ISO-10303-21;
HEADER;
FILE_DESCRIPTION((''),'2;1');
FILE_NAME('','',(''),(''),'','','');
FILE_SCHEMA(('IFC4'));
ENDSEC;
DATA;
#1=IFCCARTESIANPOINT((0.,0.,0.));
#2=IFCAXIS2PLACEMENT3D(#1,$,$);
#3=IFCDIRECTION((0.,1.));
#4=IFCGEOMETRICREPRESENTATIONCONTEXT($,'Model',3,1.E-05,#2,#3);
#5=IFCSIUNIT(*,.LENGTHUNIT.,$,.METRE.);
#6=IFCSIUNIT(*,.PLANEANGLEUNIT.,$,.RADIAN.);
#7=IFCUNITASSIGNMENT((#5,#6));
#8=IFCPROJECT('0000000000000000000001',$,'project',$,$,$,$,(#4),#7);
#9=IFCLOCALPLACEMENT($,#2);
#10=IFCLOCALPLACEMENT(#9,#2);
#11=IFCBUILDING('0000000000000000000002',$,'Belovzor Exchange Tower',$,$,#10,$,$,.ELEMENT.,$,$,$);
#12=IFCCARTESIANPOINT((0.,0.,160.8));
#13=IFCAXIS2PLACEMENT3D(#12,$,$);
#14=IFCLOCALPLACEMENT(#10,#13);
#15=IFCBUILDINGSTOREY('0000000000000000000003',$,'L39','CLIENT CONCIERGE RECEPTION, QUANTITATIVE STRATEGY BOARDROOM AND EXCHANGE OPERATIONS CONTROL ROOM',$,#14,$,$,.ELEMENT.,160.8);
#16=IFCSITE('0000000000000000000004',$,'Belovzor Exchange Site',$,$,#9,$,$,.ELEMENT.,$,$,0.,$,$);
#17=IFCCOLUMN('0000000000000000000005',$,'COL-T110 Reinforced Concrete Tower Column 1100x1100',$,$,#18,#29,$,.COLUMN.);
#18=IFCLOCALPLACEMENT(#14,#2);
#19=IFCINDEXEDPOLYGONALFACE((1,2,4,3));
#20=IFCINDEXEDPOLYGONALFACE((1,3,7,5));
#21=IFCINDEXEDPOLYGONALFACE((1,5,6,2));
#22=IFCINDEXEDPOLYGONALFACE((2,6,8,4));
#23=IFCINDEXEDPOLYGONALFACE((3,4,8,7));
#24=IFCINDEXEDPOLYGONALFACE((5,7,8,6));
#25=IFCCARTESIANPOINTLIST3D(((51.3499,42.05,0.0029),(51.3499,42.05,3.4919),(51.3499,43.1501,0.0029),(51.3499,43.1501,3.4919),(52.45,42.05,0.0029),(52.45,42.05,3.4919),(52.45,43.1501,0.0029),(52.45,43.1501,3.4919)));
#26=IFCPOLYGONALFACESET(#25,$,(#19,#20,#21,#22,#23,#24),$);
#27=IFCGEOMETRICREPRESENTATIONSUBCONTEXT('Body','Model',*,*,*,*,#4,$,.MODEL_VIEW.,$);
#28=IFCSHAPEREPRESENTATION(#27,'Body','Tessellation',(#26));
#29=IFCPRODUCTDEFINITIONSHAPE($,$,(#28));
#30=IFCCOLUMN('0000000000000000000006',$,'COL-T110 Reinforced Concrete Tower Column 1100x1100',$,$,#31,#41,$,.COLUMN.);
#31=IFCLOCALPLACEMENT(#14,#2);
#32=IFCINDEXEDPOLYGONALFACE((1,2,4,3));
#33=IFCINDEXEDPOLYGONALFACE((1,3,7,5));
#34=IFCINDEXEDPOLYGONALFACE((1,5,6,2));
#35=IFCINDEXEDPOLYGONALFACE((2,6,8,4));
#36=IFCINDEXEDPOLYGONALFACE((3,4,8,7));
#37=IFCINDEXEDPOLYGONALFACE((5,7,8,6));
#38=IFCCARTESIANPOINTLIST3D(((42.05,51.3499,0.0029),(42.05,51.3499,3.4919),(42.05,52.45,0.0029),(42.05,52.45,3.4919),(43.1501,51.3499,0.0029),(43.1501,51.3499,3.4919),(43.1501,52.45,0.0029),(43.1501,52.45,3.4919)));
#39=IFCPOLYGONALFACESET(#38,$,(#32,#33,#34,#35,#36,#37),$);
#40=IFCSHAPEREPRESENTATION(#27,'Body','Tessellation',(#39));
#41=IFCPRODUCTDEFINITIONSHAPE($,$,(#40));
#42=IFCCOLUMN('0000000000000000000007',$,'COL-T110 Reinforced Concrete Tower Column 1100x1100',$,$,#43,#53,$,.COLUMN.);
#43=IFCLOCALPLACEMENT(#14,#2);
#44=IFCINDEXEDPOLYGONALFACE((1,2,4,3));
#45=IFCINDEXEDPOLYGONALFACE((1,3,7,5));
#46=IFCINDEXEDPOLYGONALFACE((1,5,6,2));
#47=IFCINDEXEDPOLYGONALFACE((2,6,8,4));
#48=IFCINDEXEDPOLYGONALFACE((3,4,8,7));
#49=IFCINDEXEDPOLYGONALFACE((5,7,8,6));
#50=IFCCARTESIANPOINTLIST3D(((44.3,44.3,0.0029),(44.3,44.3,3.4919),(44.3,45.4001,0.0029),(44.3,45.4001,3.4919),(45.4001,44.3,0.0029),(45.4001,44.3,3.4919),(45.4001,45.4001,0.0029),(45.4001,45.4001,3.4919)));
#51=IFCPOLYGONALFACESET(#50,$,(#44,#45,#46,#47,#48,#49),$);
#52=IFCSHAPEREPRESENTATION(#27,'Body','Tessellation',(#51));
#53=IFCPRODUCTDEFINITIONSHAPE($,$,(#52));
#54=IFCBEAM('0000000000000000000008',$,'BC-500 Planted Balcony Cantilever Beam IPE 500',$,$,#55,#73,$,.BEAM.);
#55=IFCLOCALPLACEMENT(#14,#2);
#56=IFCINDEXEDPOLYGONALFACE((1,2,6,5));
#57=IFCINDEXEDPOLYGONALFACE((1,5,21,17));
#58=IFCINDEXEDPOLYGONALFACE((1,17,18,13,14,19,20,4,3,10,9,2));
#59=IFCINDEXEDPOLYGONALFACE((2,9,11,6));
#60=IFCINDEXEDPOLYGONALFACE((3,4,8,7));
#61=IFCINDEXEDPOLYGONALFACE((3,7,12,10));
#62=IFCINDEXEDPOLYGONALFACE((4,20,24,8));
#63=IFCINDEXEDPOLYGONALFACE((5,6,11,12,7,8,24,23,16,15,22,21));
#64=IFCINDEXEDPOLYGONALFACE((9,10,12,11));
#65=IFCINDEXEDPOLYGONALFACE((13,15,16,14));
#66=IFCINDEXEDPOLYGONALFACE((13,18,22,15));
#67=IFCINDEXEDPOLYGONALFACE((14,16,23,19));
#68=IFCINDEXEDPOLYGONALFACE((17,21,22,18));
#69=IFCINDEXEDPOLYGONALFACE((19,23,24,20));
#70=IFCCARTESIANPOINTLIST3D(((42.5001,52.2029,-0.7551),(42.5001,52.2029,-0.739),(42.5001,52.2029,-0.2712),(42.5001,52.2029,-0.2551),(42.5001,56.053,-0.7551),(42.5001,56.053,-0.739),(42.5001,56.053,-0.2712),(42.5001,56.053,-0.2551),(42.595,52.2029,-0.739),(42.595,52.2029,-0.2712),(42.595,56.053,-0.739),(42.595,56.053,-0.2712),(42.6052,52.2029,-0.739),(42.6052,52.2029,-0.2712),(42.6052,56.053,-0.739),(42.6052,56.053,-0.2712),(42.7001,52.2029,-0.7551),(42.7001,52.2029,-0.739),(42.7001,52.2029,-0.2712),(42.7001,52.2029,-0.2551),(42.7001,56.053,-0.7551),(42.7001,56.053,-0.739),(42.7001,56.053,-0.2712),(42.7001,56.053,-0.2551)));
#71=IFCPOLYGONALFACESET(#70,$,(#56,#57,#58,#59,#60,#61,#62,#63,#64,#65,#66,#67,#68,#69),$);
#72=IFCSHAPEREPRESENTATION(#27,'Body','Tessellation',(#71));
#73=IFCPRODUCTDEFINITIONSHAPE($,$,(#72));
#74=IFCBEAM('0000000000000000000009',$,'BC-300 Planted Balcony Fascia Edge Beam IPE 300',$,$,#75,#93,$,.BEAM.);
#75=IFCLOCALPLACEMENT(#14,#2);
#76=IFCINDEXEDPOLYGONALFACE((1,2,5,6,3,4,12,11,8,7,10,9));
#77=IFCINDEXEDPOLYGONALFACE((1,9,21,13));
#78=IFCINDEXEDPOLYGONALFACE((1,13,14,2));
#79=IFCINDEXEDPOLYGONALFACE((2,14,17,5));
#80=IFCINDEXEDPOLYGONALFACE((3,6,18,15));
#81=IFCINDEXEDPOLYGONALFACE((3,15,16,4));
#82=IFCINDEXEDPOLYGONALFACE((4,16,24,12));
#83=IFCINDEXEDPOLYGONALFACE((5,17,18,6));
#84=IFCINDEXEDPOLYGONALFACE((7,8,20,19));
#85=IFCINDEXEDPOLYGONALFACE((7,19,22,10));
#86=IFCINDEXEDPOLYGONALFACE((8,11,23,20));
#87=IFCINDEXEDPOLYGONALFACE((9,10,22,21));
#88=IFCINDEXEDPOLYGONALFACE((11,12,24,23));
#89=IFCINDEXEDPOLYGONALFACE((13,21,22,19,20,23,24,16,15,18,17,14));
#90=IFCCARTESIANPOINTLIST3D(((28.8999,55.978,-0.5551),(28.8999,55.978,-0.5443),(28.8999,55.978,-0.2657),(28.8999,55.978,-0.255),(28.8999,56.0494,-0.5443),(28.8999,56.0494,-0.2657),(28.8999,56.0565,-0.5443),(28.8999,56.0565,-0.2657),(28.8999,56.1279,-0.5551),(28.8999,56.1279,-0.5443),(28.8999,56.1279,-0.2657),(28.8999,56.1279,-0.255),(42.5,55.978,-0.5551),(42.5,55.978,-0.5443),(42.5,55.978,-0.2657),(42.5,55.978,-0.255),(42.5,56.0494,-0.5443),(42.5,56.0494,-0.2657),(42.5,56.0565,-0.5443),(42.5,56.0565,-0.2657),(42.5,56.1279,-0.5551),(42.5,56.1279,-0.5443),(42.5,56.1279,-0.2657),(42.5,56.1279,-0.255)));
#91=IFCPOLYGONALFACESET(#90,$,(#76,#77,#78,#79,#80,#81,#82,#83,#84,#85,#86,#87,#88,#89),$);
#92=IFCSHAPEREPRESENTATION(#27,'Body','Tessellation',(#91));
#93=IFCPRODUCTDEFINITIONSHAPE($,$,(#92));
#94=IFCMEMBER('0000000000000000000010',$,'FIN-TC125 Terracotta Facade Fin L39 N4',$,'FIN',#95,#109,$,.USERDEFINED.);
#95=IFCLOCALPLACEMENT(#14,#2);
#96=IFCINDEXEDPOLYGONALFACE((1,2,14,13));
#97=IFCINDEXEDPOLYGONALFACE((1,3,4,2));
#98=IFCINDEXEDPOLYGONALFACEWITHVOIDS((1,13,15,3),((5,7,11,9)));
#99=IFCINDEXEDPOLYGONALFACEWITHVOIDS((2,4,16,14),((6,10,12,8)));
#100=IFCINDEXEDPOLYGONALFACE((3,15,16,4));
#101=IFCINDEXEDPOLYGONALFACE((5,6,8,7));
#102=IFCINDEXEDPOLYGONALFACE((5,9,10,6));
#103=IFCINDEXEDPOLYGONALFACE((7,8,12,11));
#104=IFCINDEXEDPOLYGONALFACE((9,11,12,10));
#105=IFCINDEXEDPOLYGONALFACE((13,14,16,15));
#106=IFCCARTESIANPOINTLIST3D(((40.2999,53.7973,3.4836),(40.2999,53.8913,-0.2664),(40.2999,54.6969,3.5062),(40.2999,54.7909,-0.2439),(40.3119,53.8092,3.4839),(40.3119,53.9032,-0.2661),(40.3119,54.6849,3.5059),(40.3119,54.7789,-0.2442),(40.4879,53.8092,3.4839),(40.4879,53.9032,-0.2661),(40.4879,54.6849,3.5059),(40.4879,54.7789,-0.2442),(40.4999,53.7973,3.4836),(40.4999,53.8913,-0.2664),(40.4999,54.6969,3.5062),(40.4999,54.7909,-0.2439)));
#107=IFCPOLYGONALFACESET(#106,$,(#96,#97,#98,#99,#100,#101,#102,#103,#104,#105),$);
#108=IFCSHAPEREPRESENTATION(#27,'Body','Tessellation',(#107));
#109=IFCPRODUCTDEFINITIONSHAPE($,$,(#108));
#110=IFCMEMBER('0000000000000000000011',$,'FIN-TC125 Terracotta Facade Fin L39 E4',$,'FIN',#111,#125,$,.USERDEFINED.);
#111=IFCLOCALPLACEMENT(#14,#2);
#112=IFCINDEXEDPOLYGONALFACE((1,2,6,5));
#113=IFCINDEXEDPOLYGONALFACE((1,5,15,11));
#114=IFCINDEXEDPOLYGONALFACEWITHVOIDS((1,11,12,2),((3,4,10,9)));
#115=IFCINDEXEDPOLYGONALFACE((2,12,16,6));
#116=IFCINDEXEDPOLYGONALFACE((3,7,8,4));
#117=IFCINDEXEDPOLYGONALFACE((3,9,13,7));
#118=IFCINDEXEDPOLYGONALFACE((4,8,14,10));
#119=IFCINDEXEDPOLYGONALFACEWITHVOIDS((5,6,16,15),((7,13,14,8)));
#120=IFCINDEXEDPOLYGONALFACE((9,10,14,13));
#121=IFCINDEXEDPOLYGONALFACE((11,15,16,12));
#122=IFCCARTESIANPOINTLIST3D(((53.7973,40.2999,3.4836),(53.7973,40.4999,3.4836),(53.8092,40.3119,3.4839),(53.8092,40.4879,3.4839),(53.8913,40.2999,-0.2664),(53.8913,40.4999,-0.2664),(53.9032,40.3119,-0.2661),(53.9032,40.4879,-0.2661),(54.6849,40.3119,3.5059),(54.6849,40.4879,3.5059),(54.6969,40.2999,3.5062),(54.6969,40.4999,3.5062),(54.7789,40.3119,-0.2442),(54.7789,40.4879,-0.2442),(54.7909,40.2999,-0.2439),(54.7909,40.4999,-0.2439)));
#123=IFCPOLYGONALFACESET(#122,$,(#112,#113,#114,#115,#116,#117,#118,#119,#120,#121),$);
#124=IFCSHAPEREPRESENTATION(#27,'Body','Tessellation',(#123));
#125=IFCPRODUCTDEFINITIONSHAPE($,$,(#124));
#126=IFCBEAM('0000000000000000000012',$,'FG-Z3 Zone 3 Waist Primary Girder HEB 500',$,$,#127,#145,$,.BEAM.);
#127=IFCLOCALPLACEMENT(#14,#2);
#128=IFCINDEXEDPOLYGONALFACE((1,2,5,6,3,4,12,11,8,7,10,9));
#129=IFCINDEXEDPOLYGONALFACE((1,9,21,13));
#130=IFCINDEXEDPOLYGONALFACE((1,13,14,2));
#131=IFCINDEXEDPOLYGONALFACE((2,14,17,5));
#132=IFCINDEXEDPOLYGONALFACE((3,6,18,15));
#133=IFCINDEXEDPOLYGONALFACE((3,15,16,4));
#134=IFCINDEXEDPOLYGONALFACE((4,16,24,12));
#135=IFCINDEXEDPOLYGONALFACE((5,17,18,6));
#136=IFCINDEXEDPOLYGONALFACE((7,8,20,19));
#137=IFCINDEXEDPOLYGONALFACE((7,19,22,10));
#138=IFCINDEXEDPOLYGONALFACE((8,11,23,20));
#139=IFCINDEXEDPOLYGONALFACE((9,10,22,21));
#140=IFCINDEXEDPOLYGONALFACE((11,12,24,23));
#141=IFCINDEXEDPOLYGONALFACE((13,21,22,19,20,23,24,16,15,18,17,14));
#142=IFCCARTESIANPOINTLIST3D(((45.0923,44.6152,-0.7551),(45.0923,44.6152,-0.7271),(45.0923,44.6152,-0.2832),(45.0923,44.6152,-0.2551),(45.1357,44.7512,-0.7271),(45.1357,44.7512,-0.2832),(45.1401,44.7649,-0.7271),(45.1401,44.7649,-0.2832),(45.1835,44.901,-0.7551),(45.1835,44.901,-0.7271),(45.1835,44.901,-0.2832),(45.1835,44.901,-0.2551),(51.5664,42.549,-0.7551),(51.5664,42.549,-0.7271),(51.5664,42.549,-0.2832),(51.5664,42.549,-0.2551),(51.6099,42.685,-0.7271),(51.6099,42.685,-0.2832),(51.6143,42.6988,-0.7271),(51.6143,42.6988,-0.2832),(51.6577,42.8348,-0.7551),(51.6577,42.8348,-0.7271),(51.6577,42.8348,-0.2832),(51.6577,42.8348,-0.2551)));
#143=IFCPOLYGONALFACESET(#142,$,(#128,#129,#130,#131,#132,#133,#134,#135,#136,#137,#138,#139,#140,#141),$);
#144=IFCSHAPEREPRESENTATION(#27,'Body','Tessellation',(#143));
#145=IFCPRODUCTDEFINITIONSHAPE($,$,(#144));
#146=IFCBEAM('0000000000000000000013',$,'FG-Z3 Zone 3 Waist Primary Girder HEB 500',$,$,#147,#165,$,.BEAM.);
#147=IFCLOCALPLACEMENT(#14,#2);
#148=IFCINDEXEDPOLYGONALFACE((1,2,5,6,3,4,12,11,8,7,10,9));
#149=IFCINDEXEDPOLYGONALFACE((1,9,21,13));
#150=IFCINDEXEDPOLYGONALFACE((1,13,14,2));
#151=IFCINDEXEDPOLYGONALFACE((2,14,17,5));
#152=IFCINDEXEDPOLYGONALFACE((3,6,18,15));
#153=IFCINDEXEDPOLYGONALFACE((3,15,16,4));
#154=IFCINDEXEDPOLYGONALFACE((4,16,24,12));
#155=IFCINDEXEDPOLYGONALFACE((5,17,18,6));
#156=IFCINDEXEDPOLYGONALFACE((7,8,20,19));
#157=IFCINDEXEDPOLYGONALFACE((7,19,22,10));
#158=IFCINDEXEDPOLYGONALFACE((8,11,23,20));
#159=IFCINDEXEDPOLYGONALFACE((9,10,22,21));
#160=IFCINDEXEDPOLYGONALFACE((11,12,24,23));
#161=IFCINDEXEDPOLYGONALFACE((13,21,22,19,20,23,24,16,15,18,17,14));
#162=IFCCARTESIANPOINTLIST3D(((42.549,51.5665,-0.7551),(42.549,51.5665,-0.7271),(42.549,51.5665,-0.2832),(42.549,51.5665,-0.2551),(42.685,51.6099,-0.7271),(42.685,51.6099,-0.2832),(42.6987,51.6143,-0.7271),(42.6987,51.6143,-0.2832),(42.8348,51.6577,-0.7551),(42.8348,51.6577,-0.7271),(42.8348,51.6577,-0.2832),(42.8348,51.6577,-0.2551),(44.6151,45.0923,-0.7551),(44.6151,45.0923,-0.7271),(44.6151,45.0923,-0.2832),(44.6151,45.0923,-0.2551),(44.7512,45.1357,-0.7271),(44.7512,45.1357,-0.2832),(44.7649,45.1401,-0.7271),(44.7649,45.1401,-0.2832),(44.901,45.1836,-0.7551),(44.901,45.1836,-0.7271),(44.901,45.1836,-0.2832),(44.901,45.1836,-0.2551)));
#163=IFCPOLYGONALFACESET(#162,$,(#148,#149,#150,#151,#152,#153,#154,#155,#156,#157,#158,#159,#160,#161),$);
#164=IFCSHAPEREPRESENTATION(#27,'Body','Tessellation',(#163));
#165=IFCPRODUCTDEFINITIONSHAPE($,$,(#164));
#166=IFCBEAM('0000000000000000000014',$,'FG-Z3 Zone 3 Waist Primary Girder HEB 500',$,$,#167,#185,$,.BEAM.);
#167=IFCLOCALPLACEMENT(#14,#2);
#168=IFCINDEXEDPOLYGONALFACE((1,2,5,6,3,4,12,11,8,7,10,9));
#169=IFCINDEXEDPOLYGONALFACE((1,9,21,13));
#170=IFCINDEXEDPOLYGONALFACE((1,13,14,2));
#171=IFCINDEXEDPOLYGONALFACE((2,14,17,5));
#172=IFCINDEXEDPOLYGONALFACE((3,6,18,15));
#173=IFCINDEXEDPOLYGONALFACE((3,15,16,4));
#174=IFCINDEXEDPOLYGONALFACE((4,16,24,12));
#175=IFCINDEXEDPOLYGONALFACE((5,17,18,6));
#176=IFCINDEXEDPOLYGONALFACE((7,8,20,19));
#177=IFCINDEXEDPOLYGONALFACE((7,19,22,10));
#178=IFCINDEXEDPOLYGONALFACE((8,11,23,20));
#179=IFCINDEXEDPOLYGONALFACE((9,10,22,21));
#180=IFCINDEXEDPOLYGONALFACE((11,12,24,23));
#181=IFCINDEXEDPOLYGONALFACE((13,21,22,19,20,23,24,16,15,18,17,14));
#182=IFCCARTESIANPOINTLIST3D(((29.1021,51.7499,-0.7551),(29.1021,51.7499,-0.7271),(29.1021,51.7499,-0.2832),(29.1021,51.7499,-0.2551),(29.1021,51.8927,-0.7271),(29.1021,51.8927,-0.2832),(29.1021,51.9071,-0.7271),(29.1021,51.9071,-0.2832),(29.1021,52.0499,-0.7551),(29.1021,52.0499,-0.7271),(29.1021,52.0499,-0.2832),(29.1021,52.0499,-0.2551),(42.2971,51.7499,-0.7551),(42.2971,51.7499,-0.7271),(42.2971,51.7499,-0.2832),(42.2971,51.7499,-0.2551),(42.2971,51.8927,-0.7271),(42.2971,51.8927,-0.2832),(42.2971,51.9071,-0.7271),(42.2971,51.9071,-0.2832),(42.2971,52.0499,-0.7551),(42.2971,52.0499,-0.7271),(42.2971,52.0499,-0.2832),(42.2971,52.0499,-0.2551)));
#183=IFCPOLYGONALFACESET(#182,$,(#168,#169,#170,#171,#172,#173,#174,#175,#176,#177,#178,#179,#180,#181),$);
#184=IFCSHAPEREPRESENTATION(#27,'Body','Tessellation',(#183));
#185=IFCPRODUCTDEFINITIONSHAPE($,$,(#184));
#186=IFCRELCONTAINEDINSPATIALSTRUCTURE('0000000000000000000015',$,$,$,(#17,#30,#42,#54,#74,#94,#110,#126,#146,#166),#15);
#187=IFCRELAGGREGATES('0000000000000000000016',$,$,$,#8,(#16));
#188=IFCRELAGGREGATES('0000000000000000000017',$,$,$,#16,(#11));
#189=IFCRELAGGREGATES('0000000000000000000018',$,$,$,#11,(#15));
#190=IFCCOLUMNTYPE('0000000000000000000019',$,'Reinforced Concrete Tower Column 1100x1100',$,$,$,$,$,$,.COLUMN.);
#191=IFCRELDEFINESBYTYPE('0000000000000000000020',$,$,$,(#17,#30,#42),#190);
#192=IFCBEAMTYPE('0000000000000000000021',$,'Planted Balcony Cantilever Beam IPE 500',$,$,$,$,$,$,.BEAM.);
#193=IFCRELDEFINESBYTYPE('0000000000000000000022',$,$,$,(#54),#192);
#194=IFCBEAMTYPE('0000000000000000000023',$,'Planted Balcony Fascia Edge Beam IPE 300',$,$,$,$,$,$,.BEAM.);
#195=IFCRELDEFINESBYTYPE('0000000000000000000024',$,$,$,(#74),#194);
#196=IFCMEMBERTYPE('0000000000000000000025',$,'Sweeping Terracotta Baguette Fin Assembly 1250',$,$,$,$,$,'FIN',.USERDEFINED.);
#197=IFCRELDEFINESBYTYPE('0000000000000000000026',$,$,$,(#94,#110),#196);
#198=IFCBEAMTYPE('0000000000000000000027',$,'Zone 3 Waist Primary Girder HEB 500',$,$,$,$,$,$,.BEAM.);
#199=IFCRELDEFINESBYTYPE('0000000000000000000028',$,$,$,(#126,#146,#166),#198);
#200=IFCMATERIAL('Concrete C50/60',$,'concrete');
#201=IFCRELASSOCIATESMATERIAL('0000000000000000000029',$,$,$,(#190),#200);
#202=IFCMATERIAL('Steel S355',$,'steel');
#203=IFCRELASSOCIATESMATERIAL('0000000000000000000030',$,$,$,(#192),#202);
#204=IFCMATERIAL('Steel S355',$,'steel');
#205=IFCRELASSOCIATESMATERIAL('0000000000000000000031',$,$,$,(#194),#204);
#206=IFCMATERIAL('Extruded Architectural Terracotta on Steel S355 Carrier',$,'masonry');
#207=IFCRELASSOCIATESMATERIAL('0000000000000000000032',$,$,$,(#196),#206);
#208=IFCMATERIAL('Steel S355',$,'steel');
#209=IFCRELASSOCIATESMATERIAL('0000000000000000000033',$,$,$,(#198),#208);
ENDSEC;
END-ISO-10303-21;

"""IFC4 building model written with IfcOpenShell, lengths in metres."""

from ifc_helpers import new_model, si_unit, direction, frame, origin, origin_2d, place, context, subcontext, project, spatial, rectangle, hollow_rectangle, i_section, extrude, material, material_profile, profile_set, type_object, element, save


model = new_model("IFC4")

# Units and contexts
model_context = context("Model", 3, precision=1e-05, world=origin(), true_north=direction((0.0, 1.0)))
body_context = subcontext(model_context, "Body", "Model", "MODEL_VIEW")
ifc_project = project(units=[si_unit("LENGTHUNIT", "METRE"), si_unit("PLANEANGLEUNIT", "RADIAN")], contexts=[model_context])

# Site, building, storey
site_placement = place(None, origin())
site = spatial("IfcSite", under=ifc_project, at=site_placement, Name="Belovzor Exchange Site", CompositionType="ELEMENT", RefElevation=0.0)
building_placement = place(site_placement, origin())
building = spatial("IfcBuilding", under=site, at=building_placement, Name="Belovzor Exchange Tower", CompositionType="ELEMENT")
storey_placement = place(building_placement, frame((0.0, 0.0, 160.8)))
storey = spatial("IfcBuildingStorey", under=building, at=storey_placement, Name="L39", Description="CLIENT CONCIERGE RECEPTION, QUANTITATIVE STRATEGY BOARDROOM AND EXCHANGE OPERATIONS CONTROL ROOM", CompositionType="ELEMENT", Elevation=160.8)

# Columns
ifc_material_1 = material(Name="Concrete C50/60", Category="concrete")
ifc_material_profile_1 = material_profile(ifc_material_1, rectangle(XDim=1.1001, YDim=1.1001, at=origin_2d()))
ifc_profile_set_1 = profile_set([ifc_material_profile_1], Name="Concrete C50/60")
column_type = type_object("IfcColumnType", Name="Reinforced Concrete Tower Column 1100x1100", PredefinedType="COLUMN", material=ifc_profile_set_1)
for number, where, z_axis, x_axis, name in (
    (1, (51.8999, 42.6001, 0.0029), (0.0, 0.0, 1.0), (1.0, 0.0, 0.0), "COL-T110 Reinforced Concrete Tower Column 1100x1100"),
    (2, (42.6001, 51.8999, 0.0029), (0.0, 0.0, 1.0), (1.0, 0.0, 0.0), "COL-T110 Reinforced Concrete Tower Column 1100x1100"),
    (3, (44.8501, 44.8501, 0.0029), (0.0, 0.0, 1.0), (1.0, 0.0, 0.0), "COL-T110 Reinforced Concrete Tower Column 1100x1100"),
):
    element("IfcColumn", number, at=place(storey_placement, frame(where, z_axis=z_axis, x_axis=x_axis)), inside=storey, type_object=column_type, Name=name, PredefinedType="COLUMN", context=body_context, shape_type="SweptSolid", body=[
        extrude(rectangle(XDim=1.1001, YDim=1.1001, at=origin_2d()), origin(), (0.0, 0.0, 1.0), 3.489),
    ])

# Beams
ifc_material_2 = material(Name="Steel S355", Category="steel")
ifc_material_profile_2 = material_profile(ifc_material_2, i_section(OverallWidth=0.2, OverallDepth=0.5, WebThickness=0.0103, FlangeThickness=0.0161, at=origin_2d()))
ifc_profile_set_2 = profile_set([ifc_material_profile_2], Name="Steel S355")
beam_type_1 = type_object("IfcBeamType", Name="Planted Balcony Cantilever Beam IPE 500", PredefinedType="BEAM", material=ifc_profile_set_2)
beam_1_placement = place(storey_placement, frame((42.6001, 52.2029, -0.5051), z_axis=(0.0, 1.0, 0.0), x_axis=(-1.0, 0.0, 0.0)))
element("IfcBeam", 4, at=beam_1_placement, inside=storey, type_object=beam_type_1, Name="BC-500 Planted Balcony Cantilever Beam IPE 500", PredefinedType="BEAM", context=body_context, shape_type="SweptSolid", body=[
    extrude(i_section(OverallWidth=0.2, OverallDepth=0.5, WebThickness=0.0103, FlangeThickness=0.0161, at=origin_2d()), origin(), (0.0, 0.0, 1.0), 3.8501),
])
ifc_material_3 = material(Name="Steel S355", Category="steel")
ifc_material_profile_3 = material_profile(ifc_material_3, i_section(OverallWidth=0.1499, OverallDepth=0.3, WebThickness=0.0071, FlangeThickness=0.0107, at=origin_2d()))
ifc_profile_set_3 = profile_set([ifc_material_profile_3], Name="Steel S355")
beam_type_2 = type_object("IfcBeamType", Name="Planted Balcony Fascia Edge Beam IPE 300", PredefinedType="BEAM", material=ifc_profile_set_3)
beam_2_placement = place(storey_placement, frame((42.5, 56.053, -0.405), z_axis=(-1.0, 0.0, 0.0), x_axis=(0.0, -1.0, 0.0)))
element("IfcBeam", 5, at=beam_2_placement, inside=storey, type_object=beam_type_2, Name="BC-300 Planted Balcony Fascia Edge Beam IPE 300", PredefinedType="BEAM", context=body_context, shape_type="SweptSolid", body=[
    extrude(i_section(OverallWidth=0.1499, OverallDepth=0.3, WebThickness=0.0071, FlangeThickness=0.0107, at=origin_2d()), origin(), (0.0, 0.0, 1.0), 13.6001),
])

# Members
ifc_material_4 = material(Name="Extruded Architectural Terracotta on Steel S355 Carrier", Category="masonry")
ifc_material_profile_4 = material_profile(ifc_material_4, hollow_rectangle(XDim=0.2, YDim=0.8999, WallThickness=0.012, at=origin_2d()))
ifc_profile_set_4 = profile_set([ifc_material_profile_4], Name="Extruded Architectural Terracotta on Steel S355 Carrier")
member_type = type_object("IfcMemberType", Name="Sweeping Terracotta Baguette Fin Assembly 1250", ElementType="FIN", PredefinedType="USERDEFINED", material=ifc_profile_set_4)
for number, where, z_axis, x_axis, name in (
    (6, (40.3999, 54.3411, -0.2551), (0.0, -0.025057, 0.999686), (1.0, 0.0, 0.0), "FIN-TC125 Terracotta Facade Fin L39 N4"),
    (7, (54.3411, 40.3999, -0.2551), (-0.025057, 0.0, 0.999686), (0.0, -1.0, 0.0), "FIN-TC125 Terracotta Facade Fin L39 E4"),
):
    element("IfcMember", number, at=place(storey_placement, frame(where, z_axis=z_axis, x_axis=x_axis)), inside=storey, type_object=member_type, Name=name, ObjectType="FIN", PredefinedType="USERDEFINED", context=body_context, shape_type="SweptSolid", body=[
        extrude(hollow_rectangle(XDim=0.2, YDim=0.8999, WallThickness=0.012, at=origin_2d()), origin(), (0.0, 0.0, 1.0), 3.7512),
    ])

# Beams
ifc_material_5 = material(Name="Steel S355", Category="steel")
ifc_material_profile_5 = material_profile(ifc_material_5, i_section(OverallWidth=0.3, OverallDepth=0.5, WebThickness=0.0144, FlangeThickness=0.0281, at=origin_2d()))
ifc_profile_set_5 = profile_set([ifc_material_profile_5], Name="Steel S355")
beam_type_3 = type_object("IfcBeamType", Name="Zone 3 Waist Primary Girder HEB 500", PredefinedType="BEAM", material=ifc_profile_set_5)
for number, where, z_axis, x_axis, name in (
    (8, (51.6121, 42.6919, -0.5051), (-0.952661, 0.304034, 0.0), (-0.304034, -0.952661, 0.0), "FG-Z3 Zone 3 Waist Primary Girder HEB 500"),
    (9, (44.7581, 45.1379, -0.5051), (-0.304034, 0.952661, 0.0), (-0.952661, -0.304034, 0.0), "FG-Z3 Zone 3 Waist Primary Girder HEB 500"),
):
    element("IfcBeam", number, at=place(storey_placement, frame(where, z_axis=z_axis, x_axis=x_axis)), inside=storey, type_object=beam_type_3, Name=name, PredefinedType="BEAM", context=body_context, shape_type="SweptSolid", body=[
        extrude(i_section(OverallWidth=0.3, OverallDepth=0.5, WebThickness=0.0144, FlangeThickness=0.0281, at=origin_2d()), origin(), (0.0, 0.0, 1.0), 6.7959),
    ])
beam_3_placement = place(storey_placement, frame((42.2971, 51.8999, -0.5051), z_axis=(-1.0, 0.0, 0.0), x_axis=(0.0, -1.0, 0.0)))
element("IfcBeam", 10, at=beam_3_placement, inside=storey, type_object=beam_type_3, Name="FG-Z3 Zone 3 Waist Primary Girder HEB 500", PredefinedType="BEAM", context=body_context, shape_type="SweptSolid", body=[
    extrude(i_section(OverallWidth=0.3, OverallDepth=0.5, WebThickness=0.0144, FlangeThickness=0.0281, at=origin_2d()), origin(), (0.0, 0.0, 1.0), 13.1951),
])

save(model, "model.ifc")
